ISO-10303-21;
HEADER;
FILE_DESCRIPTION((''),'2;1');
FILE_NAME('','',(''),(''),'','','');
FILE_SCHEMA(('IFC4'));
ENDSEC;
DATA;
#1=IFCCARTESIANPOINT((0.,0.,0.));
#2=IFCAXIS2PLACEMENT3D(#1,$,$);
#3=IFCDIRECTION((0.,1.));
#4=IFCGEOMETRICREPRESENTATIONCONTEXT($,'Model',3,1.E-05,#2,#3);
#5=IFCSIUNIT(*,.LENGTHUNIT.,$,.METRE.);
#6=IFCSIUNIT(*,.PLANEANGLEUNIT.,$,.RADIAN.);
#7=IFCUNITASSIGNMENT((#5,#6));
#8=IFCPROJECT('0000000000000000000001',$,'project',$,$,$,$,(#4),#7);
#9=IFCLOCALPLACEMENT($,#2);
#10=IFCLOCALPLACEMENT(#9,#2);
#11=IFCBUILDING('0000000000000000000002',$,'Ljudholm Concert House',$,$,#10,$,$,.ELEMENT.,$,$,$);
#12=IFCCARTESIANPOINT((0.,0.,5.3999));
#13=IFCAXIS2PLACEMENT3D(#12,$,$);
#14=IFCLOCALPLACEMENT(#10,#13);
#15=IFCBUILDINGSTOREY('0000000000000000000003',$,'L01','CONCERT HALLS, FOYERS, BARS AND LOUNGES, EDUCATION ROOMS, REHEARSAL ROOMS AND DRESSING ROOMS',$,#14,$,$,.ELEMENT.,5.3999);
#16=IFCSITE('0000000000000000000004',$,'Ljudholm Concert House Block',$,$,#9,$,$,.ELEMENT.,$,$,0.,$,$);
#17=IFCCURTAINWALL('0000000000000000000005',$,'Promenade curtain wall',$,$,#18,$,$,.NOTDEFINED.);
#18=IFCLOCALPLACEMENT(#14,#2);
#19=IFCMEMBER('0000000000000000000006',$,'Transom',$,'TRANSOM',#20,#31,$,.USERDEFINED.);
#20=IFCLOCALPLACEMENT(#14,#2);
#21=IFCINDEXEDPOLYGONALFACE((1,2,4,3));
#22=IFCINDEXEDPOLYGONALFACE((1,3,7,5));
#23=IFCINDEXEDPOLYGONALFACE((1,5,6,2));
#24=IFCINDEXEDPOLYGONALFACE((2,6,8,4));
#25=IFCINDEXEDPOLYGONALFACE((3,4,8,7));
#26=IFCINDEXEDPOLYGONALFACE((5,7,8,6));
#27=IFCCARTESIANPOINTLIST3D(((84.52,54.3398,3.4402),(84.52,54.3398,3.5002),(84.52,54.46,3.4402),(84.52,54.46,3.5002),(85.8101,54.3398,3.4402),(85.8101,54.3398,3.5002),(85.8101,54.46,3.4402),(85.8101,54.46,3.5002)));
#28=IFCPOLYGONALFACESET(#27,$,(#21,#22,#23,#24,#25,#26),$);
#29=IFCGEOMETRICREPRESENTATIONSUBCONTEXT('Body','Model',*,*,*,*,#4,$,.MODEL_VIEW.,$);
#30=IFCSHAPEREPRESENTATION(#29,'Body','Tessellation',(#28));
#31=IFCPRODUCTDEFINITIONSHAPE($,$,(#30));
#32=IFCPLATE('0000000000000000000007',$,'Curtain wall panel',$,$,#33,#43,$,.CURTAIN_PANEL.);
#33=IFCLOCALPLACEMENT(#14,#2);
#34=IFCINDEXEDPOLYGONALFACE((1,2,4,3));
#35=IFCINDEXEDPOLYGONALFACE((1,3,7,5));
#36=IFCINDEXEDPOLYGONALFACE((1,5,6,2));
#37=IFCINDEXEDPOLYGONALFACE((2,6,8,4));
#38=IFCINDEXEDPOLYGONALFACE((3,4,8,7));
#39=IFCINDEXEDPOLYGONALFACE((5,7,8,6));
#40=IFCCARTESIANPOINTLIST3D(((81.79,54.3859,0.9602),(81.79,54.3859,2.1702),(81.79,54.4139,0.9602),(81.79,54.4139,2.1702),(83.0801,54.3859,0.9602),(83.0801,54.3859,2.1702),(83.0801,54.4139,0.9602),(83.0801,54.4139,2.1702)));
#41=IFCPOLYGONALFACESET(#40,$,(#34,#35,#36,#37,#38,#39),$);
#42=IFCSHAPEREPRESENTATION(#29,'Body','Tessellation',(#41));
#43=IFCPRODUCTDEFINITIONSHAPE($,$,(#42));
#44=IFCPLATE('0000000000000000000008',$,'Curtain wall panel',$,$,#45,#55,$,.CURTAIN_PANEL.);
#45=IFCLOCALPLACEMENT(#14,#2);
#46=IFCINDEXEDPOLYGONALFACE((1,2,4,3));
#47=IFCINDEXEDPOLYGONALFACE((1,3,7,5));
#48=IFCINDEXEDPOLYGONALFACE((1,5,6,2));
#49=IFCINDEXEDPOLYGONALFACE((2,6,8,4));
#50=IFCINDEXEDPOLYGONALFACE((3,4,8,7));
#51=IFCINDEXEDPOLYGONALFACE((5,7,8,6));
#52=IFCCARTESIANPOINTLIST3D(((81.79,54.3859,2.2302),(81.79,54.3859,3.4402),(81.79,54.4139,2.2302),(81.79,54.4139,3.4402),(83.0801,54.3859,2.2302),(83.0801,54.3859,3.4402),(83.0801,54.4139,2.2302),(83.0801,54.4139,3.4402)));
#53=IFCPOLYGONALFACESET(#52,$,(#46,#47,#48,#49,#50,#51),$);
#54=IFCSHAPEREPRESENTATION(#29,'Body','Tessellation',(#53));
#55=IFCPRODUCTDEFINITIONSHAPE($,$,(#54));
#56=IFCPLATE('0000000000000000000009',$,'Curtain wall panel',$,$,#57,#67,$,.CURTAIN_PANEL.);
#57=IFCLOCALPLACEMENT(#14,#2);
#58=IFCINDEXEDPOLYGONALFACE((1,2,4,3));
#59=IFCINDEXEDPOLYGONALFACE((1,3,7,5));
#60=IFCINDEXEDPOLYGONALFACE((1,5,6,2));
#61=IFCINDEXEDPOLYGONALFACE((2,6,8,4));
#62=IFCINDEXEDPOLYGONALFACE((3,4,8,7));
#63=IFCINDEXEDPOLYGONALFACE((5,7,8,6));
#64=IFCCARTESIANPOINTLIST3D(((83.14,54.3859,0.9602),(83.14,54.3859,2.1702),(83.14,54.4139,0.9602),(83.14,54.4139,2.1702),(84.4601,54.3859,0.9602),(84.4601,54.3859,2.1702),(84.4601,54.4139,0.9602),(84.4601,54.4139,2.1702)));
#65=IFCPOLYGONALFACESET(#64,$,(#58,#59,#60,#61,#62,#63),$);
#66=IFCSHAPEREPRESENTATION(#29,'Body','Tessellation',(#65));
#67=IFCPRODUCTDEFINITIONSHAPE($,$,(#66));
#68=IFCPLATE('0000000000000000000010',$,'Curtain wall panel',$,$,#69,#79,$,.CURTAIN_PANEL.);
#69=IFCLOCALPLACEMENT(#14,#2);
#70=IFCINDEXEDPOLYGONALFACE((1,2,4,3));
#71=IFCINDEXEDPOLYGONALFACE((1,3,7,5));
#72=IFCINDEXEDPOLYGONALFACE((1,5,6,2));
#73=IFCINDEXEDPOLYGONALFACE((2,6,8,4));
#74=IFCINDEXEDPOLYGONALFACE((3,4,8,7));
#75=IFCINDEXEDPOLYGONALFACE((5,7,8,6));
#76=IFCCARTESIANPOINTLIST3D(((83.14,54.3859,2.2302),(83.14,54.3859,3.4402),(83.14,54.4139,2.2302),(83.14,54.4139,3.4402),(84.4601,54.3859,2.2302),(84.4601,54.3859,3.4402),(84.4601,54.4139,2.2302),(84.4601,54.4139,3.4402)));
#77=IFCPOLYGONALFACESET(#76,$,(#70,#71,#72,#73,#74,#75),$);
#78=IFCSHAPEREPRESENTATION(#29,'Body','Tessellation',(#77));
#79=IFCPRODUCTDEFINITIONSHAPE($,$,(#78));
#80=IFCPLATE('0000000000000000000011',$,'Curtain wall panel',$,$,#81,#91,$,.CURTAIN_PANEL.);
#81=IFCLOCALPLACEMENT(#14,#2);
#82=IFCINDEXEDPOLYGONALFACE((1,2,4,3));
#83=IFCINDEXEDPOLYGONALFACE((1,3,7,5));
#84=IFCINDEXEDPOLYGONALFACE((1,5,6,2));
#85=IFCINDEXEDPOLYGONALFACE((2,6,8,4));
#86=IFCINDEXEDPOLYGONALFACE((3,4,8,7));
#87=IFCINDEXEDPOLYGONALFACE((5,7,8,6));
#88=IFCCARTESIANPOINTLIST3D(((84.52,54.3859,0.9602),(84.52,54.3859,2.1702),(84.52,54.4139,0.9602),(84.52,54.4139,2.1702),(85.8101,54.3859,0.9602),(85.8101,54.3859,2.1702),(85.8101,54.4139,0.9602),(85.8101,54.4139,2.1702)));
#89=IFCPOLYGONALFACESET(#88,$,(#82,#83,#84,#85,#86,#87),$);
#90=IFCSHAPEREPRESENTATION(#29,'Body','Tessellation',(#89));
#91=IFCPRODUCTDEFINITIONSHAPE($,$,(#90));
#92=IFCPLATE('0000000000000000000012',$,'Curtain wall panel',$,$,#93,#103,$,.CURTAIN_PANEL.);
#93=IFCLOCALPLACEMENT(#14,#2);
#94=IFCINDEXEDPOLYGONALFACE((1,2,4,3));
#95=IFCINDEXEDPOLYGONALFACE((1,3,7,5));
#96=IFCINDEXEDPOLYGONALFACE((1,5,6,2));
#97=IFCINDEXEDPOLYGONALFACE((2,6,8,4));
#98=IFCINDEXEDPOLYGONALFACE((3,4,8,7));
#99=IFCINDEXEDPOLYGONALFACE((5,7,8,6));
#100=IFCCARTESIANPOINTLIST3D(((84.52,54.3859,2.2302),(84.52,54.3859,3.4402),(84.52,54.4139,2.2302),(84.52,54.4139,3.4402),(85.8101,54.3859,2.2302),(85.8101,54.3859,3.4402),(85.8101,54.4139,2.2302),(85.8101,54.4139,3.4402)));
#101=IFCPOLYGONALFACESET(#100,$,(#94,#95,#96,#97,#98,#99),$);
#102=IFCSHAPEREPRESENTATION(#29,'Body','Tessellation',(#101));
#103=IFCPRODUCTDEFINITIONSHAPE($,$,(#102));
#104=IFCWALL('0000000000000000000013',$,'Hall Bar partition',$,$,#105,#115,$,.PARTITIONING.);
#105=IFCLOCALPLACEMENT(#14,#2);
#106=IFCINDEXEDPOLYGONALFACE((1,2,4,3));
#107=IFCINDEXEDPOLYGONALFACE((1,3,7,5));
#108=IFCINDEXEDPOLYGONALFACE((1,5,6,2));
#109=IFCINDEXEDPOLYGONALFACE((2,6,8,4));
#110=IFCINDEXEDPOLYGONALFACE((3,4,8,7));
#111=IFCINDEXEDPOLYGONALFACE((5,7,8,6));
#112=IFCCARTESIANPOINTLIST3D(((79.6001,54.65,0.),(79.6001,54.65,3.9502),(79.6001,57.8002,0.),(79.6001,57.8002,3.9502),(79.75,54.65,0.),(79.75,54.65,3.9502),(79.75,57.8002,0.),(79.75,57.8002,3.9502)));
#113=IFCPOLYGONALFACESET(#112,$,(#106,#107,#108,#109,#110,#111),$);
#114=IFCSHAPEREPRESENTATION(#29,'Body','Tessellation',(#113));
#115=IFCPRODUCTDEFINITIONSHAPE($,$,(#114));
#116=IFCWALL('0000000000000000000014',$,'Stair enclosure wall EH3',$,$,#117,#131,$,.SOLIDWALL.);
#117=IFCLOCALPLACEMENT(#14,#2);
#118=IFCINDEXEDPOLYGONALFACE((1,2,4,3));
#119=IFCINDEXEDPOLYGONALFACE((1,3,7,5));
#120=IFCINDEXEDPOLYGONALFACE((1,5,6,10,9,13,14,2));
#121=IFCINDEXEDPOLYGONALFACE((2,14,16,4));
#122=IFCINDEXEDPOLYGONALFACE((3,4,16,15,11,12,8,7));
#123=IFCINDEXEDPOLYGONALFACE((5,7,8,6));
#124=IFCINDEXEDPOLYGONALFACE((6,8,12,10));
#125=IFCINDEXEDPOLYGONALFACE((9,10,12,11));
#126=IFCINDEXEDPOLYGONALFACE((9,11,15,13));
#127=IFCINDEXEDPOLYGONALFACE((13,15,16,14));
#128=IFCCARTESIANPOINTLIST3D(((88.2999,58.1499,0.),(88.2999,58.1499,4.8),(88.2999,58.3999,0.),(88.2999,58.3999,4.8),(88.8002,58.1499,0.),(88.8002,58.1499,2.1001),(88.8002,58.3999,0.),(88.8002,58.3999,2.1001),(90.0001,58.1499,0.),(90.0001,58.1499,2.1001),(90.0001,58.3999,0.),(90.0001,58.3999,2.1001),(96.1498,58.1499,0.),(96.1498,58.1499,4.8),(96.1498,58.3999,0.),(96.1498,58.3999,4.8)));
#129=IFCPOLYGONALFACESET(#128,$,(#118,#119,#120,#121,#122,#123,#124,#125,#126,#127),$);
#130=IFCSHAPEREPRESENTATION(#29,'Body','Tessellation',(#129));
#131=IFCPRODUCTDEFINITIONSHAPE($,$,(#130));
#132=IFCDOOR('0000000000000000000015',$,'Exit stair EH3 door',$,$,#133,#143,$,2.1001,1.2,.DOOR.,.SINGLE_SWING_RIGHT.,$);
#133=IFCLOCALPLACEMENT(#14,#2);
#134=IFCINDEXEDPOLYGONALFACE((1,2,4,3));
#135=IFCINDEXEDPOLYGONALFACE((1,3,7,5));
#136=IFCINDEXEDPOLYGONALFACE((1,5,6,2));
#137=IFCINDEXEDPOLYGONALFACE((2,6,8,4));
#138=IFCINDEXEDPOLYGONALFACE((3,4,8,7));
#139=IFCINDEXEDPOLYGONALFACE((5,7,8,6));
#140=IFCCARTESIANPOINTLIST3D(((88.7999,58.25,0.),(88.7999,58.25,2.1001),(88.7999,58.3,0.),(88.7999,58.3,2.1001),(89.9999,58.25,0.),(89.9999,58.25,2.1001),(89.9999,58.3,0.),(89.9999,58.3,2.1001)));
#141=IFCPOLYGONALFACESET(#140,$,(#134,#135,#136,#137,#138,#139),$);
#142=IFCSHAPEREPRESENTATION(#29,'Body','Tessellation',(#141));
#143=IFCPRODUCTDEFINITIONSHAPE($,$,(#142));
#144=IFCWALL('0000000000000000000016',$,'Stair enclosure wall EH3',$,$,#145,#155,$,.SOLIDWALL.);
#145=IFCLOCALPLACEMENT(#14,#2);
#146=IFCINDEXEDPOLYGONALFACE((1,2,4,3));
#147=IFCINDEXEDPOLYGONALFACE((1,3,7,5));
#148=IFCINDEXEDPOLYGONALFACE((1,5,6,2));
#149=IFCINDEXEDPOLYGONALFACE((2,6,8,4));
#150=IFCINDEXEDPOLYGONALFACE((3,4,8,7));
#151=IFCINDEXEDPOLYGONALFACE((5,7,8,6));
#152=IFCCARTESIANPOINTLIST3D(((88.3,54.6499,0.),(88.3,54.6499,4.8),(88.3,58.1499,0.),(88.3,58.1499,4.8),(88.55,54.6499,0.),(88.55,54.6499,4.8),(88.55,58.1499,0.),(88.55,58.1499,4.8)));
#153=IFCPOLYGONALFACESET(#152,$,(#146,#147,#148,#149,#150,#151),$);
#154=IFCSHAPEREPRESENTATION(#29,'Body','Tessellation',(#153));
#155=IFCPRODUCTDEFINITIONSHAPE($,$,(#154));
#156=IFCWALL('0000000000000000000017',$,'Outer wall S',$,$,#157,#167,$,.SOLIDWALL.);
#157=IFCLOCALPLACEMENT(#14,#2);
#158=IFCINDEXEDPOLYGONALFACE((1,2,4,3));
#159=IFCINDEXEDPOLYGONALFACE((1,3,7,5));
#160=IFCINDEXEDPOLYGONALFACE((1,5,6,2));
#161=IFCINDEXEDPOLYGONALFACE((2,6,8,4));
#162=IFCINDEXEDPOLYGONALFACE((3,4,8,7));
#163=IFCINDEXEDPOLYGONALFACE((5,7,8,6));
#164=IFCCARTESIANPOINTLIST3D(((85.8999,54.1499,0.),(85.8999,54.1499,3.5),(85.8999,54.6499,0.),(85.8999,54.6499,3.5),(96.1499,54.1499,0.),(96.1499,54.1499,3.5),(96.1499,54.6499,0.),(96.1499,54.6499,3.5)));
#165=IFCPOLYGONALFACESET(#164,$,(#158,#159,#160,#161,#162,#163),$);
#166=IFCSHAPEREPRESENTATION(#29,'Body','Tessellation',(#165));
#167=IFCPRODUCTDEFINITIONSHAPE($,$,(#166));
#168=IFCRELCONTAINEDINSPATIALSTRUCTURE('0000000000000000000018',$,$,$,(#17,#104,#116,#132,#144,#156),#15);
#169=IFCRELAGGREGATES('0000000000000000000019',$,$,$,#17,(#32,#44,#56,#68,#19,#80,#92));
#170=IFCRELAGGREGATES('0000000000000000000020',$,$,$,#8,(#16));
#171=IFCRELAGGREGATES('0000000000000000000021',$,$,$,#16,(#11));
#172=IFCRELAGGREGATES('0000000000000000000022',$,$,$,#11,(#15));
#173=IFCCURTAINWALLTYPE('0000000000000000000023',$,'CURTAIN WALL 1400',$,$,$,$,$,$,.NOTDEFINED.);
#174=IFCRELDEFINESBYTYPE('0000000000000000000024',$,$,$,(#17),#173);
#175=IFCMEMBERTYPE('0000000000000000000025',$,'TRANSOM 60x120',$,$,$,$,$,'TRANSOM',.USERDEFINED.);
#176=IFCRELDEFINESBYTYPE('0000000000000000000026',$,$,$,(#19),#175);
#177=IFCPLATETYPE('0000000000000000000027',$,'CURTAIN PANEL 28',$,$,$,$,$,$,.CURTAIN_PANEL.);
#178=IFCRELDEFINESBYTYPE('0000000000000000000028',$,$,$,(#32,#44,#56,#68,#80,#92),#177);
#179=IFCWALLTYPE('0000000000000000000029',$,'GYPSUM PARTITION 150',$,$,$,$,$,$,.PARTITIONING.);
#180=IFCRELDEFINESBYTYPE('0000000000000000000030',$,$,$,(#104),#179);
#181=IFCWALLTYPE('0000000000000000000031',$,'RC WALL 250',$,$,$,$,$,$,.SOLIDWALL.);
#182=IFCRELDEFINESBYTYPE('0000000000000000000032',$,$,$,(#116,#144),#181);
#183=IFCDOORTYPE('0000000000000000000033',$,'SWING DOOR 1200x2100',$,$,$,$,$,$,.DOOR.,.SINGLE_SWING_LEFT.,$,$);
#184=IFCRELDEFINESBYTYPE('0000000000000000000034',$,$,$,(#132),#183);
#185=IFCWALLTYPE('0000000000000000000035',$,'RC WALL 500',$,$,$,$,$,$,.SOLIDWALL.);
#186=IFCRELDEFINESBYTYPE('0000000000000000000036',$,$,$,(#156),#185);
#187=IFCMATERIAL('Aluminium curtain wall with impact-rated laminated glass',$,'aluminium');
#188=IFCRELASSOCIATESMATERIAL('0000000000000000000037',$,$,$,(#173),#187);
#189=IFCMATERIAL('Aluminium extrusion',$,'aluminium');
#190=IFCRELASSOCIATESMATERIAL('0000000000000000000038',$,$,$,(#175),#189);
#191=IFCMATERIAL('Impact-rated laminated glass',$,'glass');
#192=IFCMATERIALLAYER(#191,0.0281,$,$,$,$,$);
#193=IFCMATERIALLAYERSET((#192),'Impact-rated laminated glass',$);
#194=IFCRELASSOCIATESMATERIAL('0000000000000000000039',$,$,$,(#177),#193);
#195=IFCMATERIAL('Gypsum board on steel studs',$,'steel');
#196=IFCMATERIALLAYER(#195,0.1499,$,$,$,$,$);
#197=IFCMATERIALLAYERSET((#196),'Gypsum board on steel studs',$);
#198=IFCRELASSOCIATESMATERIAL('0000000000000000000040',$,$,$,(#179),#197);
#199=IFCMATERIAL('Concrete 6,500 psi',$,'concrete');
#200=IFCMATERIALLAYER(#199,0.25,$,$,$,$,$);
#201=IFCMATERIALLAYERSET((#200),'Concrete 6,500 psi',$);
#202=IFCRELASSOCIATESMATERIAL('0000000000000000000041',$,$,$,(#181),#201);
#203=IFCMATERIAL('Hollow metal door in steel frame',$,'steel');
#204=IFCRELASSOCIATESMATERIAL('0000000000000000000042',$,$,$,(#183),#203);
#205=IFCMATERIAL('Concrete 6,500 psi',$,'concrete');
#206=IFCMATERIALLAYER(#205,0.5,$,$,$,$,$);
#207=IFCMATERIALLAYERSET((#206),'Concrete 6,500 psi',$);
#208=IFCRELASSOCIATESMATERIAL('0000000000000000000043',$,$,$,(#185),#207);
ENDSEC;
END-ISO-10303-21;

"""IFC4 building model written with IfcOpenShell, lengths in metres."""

from ifc_helpers import new_model, si_unit, direction, frame, frame_2d, origin, origin_2d, place, context, subcontext, project, spatial, rectangle, extrude, material, layer, layer_set, material_profile, profile_set, type_object, element, fill, aggregate, save


model = new_model("IFC4")

# Units and contexts
model_context = context("Model", 3, precision=1e-05, world=origin(), true_north=direction((0.0, 1.0)))
body_context = subcontext(model_context, "Body", "Model", "MODEL_VIEW")
ifc_project = project(units=[si_unit("LENGTHUNIT", "METRE"), si_unit("PLANEANGLEUNIT", "RADIAN")], contexts=[model_context])

# Site, building, storey
site_placement = place(None, origin())
site = spatial("IfcSite", under=ifc_project, at=site_placement, Name="Ljudholm Concert House Block", CompositionType="ELEMENT", RefElevation=0.0)
building_placement = place(site_placement, origin())
building = spatial("IfcBuilding", under=site, at=building_placement, Name="Ljudholm Concert House", CompositionType="ELEMENT")
storey_placement = place(building_placement, frame((0.0, 0.0, 5.3999)))
storey = spatial("IfcBuildingStorey", under=building, at=storey_placement, Name="L01", Description="CONCERT HALLS, FOYERS, BARS AND LOUNGES, EDUCATION ROOMS, REHEARSAL ROOMS AND DRESSING ROOMS", CompositionType="ELEMENT", Elevation=5.3999)

# Curtain wall
ifc_material_1 = material(Name="Aluminium curtain wall with impact-rated laminated glass", Category="aluminium")
curtain_wall_type = type_object("IfcCurtainWallType", Name="CURTAIN WALL 1400", PredefinedType="NOTDEFINED", material=ifc_material_1)
curtain_wall_placement = place(storey_placement, origin())
curtain_wall = element("IfcCurtainWall", 1, at=curtain_wall_placement, inside=storey, type_object=curtain_wall_type, Name="Promenade curtain wall", PredefinedType="NOTDEFINED")

# Member
ifc_material_2 = material(Name="Aluminium extrusion", Category="aluminium")
ifc_material_profile_1 = material_profile(ifc_material_2, rectangle(XDim=0.1201, YDim=0.0601, at=origin_2d()), Name="TRANSOM 60x120")
ifc_profile_set_1 = profile_set([ifc_material_profile_1], Name="Aluminium extrusion")
member_type_1 = type_object("IfcMemberType", Name="TRANSOM 60x120", ElementType="TRANSOM", PredefinedType="USERDEFINED", material=ifc_profile_set_1)
member_1_placement = place(storey_placement, frame((84.52, 54.3999, 3.4702), z_axis=(1.0, 0.0, 0.0), x_axis=(0.0, 1.0, 0.0)))
member_1 = element("IfcMember", 2, at=member_1_placement, type_object=member_type_1, Name="Transom", ObjectType="TRANSOM", PredefinedType="USERDEFINED", context=body_context, shape_type="SweptSolid", body=[
    extrude(rectangle(XDim=0.1201, YDim=0.0601, at=origin_2d()), origin(), (0.0, 0.0, 1.0), 1.29),
])

# Plates
ifc_material_3 = material(Name="Impact-rated laminated glass", Category="glass")
ifc_layer_1 = layer(ifc_material_3, 0.0281)
ifc_layer_set_1 = layer_set([ifc_layer_1], Name="Impact-rated laminated glass")
plate_type = type_object("IfcPlateType", Name="CURTAIN PANEL 28", PredefinedType="CURTAIN_PANEL", material=ifc_layer_set_1)
plate_1_placement = place(storey_placement, frame((82.4351, 54.3999, 0.9602), z_axis=(0.0, 0.0, 1.0), x_axis=(1.0, 0.0, 0.0)))
plate_1 = element("IfcPlate", 3, at=plate_1_placement, type_object=plate_type, Name="Curtain wall panel", PredefinedType="CURTAIN_PANEL", context=body_context, shape_type="SweptSolid", body=[
    extrude(rectangle(XDim=1.29, YDim=0.0281, at=origin_2d()), origin(), (0.0, 0.0, 1.0), 1.21),
])
plate_2_placement = place(storey_placement, frame((82.4351, 54.3999, 2.2302), z_axis=(0.0, 0.0, 1.0), x_axis=(1.0, 0.0, 0.0)))
plate_2 = element("IfcPlate", 4, at=plate_2_placement, type_object=plate_type, Name="Curtain wall panel", PredefinedType="CURTAIN_PANEL", context=body_context, shape_type="SweptSolid", body=[
    extrude(rectangle(XDim=1.29, YDim=0.0281, at=origin_2d()), origin(), (0.0, 0.0, 1.0), 1.21),
])
plate_3_placement = place(storey_placement, frame((83.8, 54.3999, 0.9602), z_axis=(0.0, 0.0, 1.0), x_axis=(1.0, 0.0, 0.0)))
plate_3 = element("IfcPlate", 5, at=plate_3_placement, type_object=plate_type, Name="Curtain wall panel", PredefinedType="CURTAIN_PANEL", context=body_context, shape_type="SweptSolid", body=[
    extrude(rectangle(XDim=1.3201, YDim=0.0281, at=origin_2d()), origin(), (0.0, 0.0, 1.0), 1.21),
])
plate_4_placement = place(storey_placement, frame((83.8, 54.3999, 2.2302), z_axis=(0.0, 0.0, 1.0), x_axis=(1.0, 0.0, 0.0)))
plate_4 = element("IfcPlate", 6, at=plate_4_placement, type_object=plate_type, Name="Curtain wall panel", PredefinedType="CURTAIN_PANEL", context=body_context, shape_type="SweptSolid", body=[
    extrude(rectangle(XDim=1.3201, YDim=0.0281, at=origin_2d()), origin(), (0.0, 0.0, 1.0), 1.21),
])
plate_5_placement = place(storey_placement, frame((85.165, 54.3999, 0.9602), z_axis=(0.0, 0.0, 1.0), x_axis=(1.0, 0.0, 0.0)))
plate_5 = element("IfcPlate", 7, at=plate_5_placement, type_object=plate_type, Name="Curtain wall panel", PredefinedType="CURTAIN_PANEL", context=body_context, shape_type="SweptSolid", body=[
    extrude(rectangle(XDim=1.29, YDim=0.0281, at=origin_2d()), origin(), (0.0, 0.0, 1.0), 1.21),
])
plate_6_placement = place(storey_placement, frame((85.165, 54.3999, 2.2302), z_axis=(0.0, 0.0, 1.0), x_axis=(1.0, 0.0, 0.0)))
plate_6 = element("IfcPlate", 8, at=plate_6_placement, type_object=plate_type, Name="Curtain wall panel", PredefinedType="CURTAIN_PANEL", context=body_context, shape_type="SweptSolid", body=[
    extrude(rectangle(XDim=1.29, YDim=0.0281, at=origin_2d()), origin(), (0.0, 0.0, 1.0), 1.21),
])
aggregate(curtain_wall, [plate_1, plate_2, plate_3, plate_4, member_1, plate_5, plate_6])

# Wall
ifc_material_4 = material(Name="Gypsum board on steel studs", Category="steel")
ifc_layer_2 = layer(ifc_material_4, 0.1499)
ifc_layer_set_2 = layer_set([ifc_layer_2], Name="Gypsum board on steel studs")
wall_type_1 = type_object("IfcWallType", Name="GYPSUM PARTITION 150", PredefinedType="PARTITIONING", material=ifc_layer_set_2)
wall_1_placement = place(storey_placement, frame((79.675, 54.6499, 0.0), z_axis=(0.0, 0.0, 1.0), x_axis=(0.0, 1.0, 0.0)))
element("IfcWall", 9, at=wall_1_placement, inside=storey, type_object=wall_type_1, Name="Hall Bar partition", PredefinedType="PARTITIONING", context=body_context, shape_type="SweptSolid", body=[
    extrude(rectangle(XDim=3.1501, YDim=0.1499, at=frame_2d((1.5752, 0.0))), origin(), (0.0, 0.0, 1.0), 3.9502),
])

# Wall, opening, door
ifc_material_5 = material(Name="Concrete 6,500 psi", Category="concrete")
ifc_layer_3 = layer(ifc_material_5, 0.25)
ifc_layer_set_3 = layer_set([ifc_layer_3], Name="Concrete 6,500 psi")
wall_type_2 = type_object("IfcWallType", Name="RC WALL 250", PredefinedType="SOLIDWALL", material=ifc_layer_set_3)
wall_2_placement = place(storey_placement, frame((88.3, 58.2749, 0.0), z_axis=(0.0, 0.0, 1.0), x_axis=(1.0, 0.0, 0.0)))
wall_2 = element("IfcWall", 10, at=wall_2_placement, inside=storey, type_object=wall_type_2, Name="Stair enclosure wall EH3", PredefinedType="SOLIDWALL", context=body_context, shape_type="SweptSolid", body=[
    extrude(rectangle(XDim=7.8499, YDim=0.25, at=frame_2d((3.9248, 0.0))), origin(), (0.0, 0.0, 1.0), 4.8),
])
opening_placement = place(wall_2_placement, frame((0.5, 0.0, 0.0)))
opening = element("IfcOpeningElement", 11, at=opening_placement, cuts=wall_2, PredefinedType="OPENING", context=body_context, shape_type="SweptSolid", body=[
    extrude(rectangle(XDim=1.2, YDim=2.1001, at=frame_2d((0.6001, 1.05))), frame((0.0, 0.135, 0.0), z_axis=(0.0, -1.0, 0.0), x_axis=(1.0, 0.0, 0.0)), (0.0, 0.0, 1.0), 0.27),
])
ifc_material_6 = material(Name="Hollow metal door in steel frame", Category="steel")
door_type = type_object("IfcDoorType", Name="SWING DOOR 1200x2100", OperationType="SINGLE_SWING_LEFT", PredefinedType="DOOR", material=ifc_material_6)
door_placement = place(opening_placement, frame((1.2, 0.0, 0.0), z_axis=(0.0, 0.0, 1.0), x_axis=(-1.0, 0.0, 0.0)))
door = element("IfcDoor", 12, at=door_placement, inside=storey, type_object=door_type, Name="Exit stair EH3 door", OperationType="SINGLE_SWING_RIGHT", OverallHeight=2.1001, OverallWidth=1.2, PredefinedType="DOOR", context=body_context, shape_type="SweptSolid", body=[
    extrude(rectangle(XDim=1.2, YDim=2.1001, at=frame_2d((0.6001, 1.05))), frame((0.0, 0.0249, 0.0), z_axis=(0.0, -1.0, 0.0), x_axis=(1.0, 0.0, 0.0)), (0.0, 0.0, 1.0), 0.05),
])
fill(opening, door)

# Walls
wall_3_placement = place(storey_placement, frame((88.425, 54.6499, 0.0), z_axis=(0.0, 0.0, 1.0), x_axis=(0.0, 1.0, 0.0)))
element("IfcWall", 13, at=wall_3_placement, inside=storey, type_object=wall_type_2, Name="Stair enclosure wall EH3", PredefinedType="SOLIDWALL", context=body_context, shape_type="SweptSolid", body=[
    extrude(rectangle(XDim=3.5, YDim=0.25, at=frame_2d((1.75, 0.0))), origin(), (0.0, 0.0, 1.0), 4.8),
])
ifc_material_7 = material(Name="Concrete 6,500 psi", Category="concrete")
ifc_layer_4 = layer(ifc_material_7, 0.5)
ifc_layer_set_4 = layer_set([ifc_layer_4], Name="Concrete 6,500 psi")
wall_type_3 = type_object("IfcWallType", Name="RC WALL 500", PredefinedType="SOLIDWALL", material=ifc_layer_set_4)
wall_4_placement = place(storey_placement, frame((85.8999, 54.3999, 0.0), z_axis=(0.0, 0.0, 1.0), x_axis=(1.0, 0.0, 0.0)))
element("IfcWall", 14, at=wall_4_placement, inside=storey, type_object=wall_type_3, Name="Outer wall S", PredefinedType="SOLIDWALL", context=body_context, shape_type="SweptSolid", body=[
    extrude(rectangle(XDim=10.25, YDim=0.5, at=frame_2d((5.125, 0.0))), origin(), (0.0, 0.0, 1.0), 3.5),
])

save(model, "model.ifc")
